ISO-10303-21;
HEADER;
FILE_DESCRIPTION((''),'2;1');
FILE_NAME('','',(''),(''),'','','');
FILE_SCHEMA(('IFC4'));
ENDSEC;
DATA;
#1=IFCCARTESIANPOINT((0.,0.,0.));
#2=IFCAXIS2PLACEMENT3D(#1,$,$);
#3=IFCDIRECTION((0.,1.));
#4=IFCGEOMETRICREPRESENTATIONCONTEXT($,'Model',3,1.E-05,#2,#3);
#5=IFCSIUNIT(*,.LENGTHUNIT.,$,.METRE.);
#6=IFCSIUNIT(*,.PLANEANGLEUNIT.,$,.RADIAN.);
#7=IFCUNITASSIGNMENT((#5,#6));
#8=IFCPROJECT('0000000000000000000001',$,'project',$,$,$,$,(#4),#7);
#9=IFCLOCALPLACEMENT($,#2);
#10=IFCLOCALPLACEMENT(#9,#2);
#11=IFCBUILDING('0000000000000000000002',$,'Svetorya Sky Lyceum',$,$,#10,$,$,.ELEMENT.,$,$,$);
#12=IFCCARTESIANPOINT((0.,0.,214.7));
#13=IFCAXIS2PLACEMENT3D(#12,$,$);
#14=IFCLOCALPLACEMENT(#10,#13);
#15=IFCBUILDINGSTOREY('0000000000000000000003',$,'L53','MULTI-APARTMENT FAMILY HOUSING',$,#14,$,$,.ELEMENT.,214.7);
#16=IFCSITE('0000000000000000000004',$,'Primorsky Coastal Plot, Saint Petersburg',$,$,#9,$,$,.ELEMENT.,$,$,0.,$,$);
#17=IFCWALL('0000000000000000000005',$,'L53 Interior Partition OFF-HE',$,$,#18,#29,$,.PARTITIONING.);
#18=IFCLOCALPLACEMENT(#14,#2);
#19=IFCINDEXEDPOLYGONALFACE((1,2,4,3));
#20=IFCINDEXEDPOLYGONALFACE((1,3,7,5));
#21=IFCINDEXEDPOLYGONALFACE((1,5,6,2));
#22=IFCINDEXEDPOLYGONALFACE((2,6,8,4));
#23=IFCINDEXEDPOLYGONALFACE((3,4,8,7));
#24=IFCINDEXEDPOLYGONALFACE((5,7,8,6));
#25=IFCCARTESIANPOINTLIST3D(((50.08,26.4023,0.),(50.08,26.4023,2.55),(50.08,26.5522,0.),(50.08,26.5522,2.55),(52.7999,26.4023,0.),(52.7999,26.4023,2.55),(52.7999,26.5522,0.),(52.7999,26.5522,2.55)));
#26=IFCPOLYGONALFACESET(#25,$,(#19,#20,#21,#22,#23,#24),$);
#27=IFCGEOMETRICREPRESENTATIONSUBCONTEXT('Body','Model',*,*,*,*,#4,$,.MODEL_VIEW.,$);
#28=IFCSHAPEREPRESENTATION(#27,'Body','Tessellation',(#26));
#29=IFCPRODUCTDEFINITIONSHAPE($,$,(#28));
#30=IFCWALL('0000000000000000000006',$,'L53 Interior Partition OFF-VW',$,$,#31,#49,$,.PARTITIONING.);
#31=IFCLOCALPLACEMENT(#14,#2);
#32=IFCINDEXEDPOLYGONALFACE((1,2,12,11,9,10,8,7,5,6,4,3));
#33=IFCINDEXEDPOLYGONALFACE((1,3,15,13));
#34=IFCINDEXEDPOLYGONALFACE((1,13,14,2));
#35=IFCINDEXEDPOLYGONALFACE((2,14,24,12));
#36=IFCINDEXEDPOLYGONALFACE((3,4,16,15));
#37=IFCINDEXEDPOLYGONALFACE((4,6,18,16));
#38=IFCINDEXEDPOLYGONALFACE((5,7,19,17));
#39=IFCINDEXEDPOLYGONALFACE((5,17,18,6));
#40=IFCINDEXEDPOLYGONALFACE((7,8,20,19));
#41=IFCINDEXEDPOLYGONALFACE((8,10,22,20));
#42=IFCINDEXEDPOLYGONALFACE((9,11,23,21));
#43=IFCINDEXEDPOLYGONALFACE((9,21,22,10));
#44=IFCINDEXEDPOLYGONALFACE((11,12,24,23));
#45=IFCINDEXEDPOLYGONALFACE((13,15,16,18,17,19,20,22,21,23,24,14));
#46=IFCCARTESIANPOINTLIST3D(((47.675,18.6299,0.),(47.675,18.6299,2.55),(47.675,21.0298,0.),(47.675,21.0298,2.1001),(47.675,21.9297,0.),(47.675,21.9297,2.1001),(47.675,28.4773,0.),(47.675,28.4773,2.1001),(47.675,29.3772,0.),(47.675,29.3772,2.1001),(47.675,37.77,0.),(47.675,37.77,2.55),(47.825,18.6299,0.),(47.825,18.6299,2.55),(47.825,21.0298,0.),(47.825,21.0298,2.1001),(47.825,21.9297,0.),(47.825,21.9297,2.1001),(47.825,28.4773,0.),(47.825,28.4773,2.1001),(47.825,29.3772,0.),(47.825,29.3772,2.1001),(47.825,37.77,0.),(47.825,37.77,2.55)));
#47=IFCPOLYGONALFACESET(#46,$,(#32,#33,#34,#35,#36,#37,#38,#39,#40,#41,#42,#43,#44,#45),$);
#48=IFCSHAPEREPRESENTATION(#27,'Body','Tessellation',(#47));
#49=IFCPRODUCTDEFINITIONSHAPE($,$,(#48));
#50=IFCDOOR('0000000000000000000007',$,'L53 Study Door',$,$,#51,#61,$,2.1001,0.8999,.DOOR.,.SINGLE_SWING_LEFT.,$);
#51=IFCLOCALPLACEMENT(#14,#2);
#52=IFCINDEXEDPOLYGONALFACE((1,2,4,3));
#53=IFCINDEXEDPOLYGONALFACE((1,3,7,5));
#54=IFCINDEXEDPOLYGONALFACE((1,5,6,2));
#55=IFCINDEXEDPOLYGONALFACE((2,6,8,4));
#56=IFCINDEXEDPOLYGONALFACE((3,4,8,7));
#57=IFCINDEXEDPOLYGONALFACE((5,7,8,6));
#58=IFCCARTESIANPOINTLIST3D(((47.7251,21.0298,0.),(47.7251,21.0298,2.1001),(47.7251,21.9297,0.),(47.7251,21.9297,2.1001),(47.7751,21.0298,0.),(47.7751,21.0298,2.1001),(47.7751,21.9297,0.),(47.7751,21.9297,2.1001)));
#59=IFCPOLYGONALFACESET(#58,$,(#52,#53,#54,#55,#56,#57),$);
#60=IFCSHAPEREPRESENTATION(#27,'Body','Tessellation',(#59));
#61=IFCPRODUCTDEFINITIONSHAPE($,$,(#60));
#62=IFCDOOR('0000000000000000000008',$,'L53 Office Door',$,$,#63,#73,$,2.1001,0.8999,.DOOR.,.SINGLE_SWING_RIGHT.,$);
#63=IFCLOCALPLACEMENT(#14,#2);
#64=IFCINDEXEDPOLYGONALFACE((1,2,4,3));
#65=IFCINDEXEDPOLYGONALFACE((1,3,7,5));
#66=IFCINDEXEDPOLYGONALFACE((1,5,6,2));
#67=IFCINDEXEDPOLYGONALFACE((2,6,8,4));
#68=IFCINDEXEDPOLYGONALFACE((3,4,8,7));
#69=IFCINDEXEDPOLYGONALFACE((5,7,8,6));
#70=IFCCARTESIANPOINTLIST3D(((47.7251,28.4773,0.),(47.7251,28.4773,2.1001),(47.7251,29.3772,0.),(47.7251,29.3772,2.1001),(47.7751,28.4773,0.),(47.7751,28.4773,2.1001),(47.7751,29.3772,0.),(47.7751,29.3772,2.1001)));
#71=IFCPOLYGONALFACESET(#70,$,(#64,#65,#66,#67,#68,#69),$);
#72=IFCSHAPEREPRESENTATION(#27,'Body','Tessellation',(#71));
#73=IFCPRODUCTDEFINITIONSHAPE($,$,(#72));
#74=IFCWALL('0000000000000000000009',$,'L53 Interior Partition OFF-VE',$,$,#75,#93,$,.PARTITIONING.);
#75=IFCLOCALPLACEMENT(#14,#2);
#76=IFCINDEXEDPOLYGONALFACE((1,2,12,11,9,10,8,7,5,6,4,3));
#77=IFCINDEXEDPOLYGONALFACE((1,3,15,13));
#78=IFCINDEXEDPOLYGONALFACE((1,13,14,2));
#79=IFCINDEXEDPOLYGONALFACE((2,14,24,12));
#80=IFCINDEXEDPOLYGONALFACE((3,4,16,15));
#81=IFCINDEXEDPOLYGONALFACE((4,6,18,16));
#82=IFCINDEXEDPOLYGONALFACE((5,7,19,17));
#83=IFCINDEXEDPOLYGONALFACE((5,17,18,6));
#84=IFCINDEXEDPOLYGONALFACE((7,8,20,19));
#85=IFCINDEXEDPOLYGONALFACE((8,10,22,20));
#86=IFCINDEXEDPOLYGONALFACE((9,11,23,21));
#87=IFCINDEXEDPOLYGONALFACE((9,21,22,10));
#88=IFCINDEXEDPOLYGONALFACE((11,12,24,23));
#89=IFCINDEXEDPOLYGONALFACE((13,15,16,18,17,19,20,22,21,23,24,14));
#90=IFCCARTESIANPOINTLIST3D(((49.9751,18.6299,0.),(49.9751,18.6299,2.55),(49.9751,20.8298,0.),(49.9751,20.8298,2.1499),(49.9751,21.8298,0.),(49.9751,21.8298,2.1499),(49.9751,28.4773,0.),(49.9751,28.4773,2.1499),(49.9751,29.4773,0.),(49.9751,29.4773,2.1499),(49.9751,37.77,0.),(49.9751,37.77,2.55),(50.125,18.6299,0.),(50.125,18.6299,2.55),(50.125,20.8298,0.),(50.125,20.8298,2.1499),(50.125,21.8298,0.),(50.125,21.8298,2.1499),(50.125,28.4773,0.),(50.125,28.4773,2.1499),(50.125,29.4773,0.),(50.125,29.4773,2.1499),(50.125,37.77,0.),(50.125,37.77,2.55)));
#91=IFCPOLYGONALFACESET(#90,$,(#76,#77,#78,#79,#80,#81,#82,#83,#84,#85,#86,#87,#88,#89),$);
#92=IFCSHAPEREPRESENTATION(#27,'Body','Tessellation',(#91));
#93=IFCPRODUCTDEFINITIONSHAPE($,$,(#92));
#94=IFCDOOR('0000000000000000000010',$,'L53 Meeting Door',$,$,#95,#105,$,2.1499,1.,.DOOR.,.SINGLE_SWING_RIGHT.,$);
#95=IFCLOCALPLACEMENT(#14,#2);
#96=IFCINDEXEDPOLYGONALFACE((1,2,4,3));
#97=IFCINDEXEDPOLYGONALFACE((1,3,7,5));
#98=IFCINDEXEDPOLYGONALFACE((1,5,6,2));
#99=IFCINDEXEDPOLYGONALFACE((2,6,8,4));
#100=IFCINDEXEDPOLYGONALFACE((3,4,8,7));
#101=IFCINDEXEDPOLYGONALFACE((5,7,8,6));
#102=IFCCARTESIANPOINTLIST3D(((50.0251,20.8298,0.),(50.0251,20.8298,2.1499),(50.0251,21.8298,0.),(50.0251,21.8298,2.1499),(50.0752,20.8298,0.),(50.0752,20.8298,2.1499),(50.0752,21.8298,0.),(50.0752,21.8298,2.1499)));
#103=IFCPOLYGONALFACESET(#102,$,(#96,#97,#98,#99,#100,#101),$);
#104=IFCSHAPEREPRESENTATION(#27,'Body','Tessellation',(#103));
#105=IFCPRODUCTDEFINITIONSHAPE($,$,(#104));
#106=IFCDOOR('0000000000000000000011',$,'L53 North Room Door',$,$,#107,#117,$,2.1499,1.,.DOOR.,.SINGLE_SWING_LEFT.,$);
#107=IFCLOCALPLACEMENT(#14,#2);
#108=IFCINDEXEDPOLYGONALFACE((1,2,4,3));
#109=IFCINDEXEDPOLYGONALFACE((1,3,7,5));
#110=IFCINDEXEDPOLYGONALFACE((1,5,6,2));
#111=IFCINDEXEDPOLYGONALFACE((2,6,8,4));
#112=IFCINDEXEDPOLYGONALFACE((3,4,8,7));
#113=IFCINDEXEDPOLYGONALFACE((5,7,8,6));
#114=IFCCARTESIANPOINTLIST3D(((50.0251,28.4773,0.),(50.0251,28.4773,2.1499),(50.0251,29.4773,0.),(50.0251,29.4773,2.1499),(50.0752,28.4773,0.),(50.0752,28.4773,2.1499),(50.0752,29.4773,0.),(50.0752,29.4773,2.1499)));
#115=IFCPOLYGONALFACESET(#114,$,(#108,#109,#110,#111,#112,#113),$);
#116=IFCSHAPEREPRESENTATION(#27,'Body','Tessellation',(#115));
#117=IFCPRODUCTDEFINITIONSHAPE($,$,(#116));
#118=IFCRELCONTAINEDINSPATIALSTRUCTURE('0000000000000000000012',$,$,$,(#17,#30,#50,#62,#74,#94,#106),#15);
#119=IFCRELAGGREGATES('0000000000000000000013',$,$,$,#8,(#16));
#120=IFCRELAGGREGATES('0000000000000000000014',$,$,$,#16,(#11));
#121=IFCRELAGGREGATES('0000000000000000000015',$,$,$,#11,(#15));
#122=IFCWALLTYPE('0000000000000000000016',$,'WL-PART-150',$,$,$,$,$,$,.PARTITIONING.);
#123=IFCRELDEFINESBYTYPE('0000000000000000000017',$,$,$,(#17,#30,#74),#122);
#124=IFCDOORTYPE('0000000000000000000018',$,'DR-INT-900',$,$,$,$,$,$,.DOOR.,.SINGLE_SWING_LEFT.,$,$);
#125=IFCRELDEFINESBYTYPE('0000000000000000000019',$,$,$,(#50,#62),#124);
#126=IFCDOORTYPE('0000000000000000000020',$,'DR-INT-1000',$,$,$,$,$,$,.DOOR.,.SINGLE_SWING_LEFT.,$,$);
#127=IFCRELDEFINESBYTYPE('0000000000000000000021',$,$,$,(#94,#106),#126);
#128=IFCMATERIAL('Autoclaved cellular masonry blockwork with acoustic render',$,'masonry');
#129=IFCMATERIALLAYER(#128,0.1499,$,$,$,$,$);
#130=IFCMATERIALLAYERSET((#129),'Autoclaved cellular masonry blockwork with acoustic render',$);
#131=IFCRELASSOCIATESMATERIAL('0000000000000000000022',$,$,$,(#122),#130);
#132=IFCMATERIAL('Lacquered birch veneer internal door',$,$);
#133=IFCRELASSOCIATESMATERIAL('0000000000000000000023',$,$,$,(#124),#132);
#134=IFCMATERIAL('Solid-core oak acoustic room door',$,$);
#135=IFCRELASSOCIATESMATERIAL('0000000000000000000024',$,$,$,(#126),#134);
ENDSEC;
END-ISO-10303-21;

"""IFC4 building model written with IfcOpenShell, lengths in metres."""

from ifc_helpers import new_model, si_unit, direction, frame, frame_2d, origin, place, context, subcontext, project, spatial, rectangle, extrude, material, layer, layer_set, type_object, element, fill, save


model = new_model("IFC4")

# Units and contexts
model_context = context("Model", 3, precision=1e-05, world=origin(), true_north=direction((0.0, 1.0)))
body_context = subcontext(model_context, "Body", "Model", "MODEL_VIEW")
ifc_project = project(units=[si_unit("LENGTHUNIT", "METRE"), si_unit("PLANEANGLEUNIT", "RADIAN")], contexts=[model_context])

# Site, building, storey
site_placement = place(None, origin())
site = spatial("IfcSite", under=ifc_project, at=site_placement, Name="Primorsky Coastal Plot, Saint Petersburg", CompositionType="ELEMENT", RefElevation=0.0)
building_placement = place(site_placement, origin())
building = spatial("IfcBuilding", under=site, at=building_placement, Name="Svetorya Sky Lyceum", CompositionType="ELEMENT")
storey_placement = place(building_placement, frame((0.0, 0.0, 214.7)))
storey = spatial("IfcBuildingStorey", under=building, at=storey_placement, Name="L53", Description="MULTI-APARTMENT FAMILY HOUSING", CompositionType="ELEMENT", Elevation=214.7)

# Wall
ifc_material_1 = material(Name="Autoclaved cellular masonry blockwork with acoustic render", Category="masonry")
ifc_layer_1 = layer(ifc_material_1, 0.1499)
ifc_layer_set_1 = layer_set([ifc_layer_1], Name="Autoclaved cellular masonry blockwork with acoustic render")
wall_type_1 = type_object("IfcWallType", Name="WL-PART-150", PredefinedType="PARTITIONING", material=ifc_layer_set_1)
wall_1_placement = place(storey_placement, frame((50.0801, 26.4773, 0.0), z_axis=(0.0, 0.0, 1.0), x_axis=(1.0, 0.0, 0.0)))
element("IfcWall", 1, at=wall_1_placement, inside=storey, type_object=wall_type_1, Name="L53 Interior Partition OFF-HE", PredefinedType="PARTITIONING", context=body_context, shape_type="SweptSolid", body=[
    extrude(rectangle(XDim=2.72, YDim=0.1499, at=frame_2d((1.3599, 0.0))), origin(), (0.0, 0.0, 1.0), 2.55),
])

# Walls, openings, doors
wall_2_placement = place(storey_placement, frame((47.75, 18.6299, 0.0), z_axis=(0.0, 0.0, 1.0), x_axis=(0.0, 1.0, 0.0)))
wall_2 = element("IfcWall", 2, at=wall_2_placement, inside=storey, type_object=wall_type_1, Name="L53 Interior Partition OFF-VW", PredefinedType="PARTITIONING", context=body_context, shape_type="SweptSolid", body=[
    extrude(rectangle(XDim=19.1401, YDim=0.1499, at=frame_2d((9.5701, 0.0))), origin(), (0.0, 0.0, 1.0), 2.55),
])
opening_1_placement = place(wall_2_placement, frame((2.3999, 0.0, 0.0)))
opening_1 = element("IfcOpeningElement", 3, at=opening_1_placement, cuts=wall_2, PredefinedType="OPENING", context=body_context, shape_type="SweptSolid", body=[
    extrude(rectangle(XDim=0.8999, YDim=2.1001, at=frame_2d((0.45, 1.05))), frame((0.0, 0.085, 0.0), z_axis=(0.0, -1.0, 0.0), x_axis=(1.0, 0.0, 0.0)), (0.0, 0.0, 1.0), 0.1699),
])
opening_2_placement = place(wall_2_placement, frame((9.8474, 0.0, 0.0)))
opening_2 = element("IfcOpeningElement", 4, at=opening_2_placement, cuts=wall_2, PredefinedType="OPENING", context=body_context, shape_type="SweptSolid", body=[
    extrude(rectangle(XDim=0.8999, YDim=2.1001, at=frame_2d((0.45, 1.05))), frame((0.0, 0.085, 0.0), z_axis=(0.0, -1.0, 0.0), x_axis=(1.0, 0.0, 0.0)), (0.0, 0.0, 1.0), 0.1699),
])
ifc_material_2 = material(Name="Lacquered birch veneer internal door")
door_type_1 = type_object("IfcDoorType", Name="DR-INT-900", OperationType="SINGLE_SWING_LEFT", PredefinedType="DOOR", material=ifc_material_2)
door_1_placement = place(opening_1_placement, origin())
door_1 = element("IfcDoor", 5, at=door_1_placement, inside=storey, type_object=door_type_1, Name="L53 Study Door", OperationType="SINGLE_SWING_LEFT", OverallHeight=2.1001, OverallWidth=0.8999, PredefinedType="DOOR", context=body_context, shape_type="SweptSolid", body=[
    extrude(rectangle(XDim=0.8999, YDim=2.1001, at=frame_2d((0.45, 1.05))), frame((0.0, 0.0249, 0.0), z_axis=(0.0, -1.0, 0.0), x_axis=(1.0, 0.0, 0.0)), (0.0, 0.0, 1.0), 0.05),
])
fill(opening_1, door_1)
door_2_placement = place(opening_2_placement, origin())
door_2 = element("IfcDoor", 6, at=door_2_placement, inside=storey, type_object=door_type_1, Name="L53 Office Door", OperationType="SINGLE_SWING_RIGHT", OverallHeight=2.1001, OverallWidth=0.8999, PredefinedType="DOOR", context=body_context, shape_type="SweptSolid", body=[
    extrude(rectangle(XDim=0.8999, YDim=2.1001, at=frame_2d((0.45, 1.05))), frame((0.0, 0.0249, 0.0), z_axis=(0.0, -1.0, 0.0), x_axis=(1.0, 0.0, 0.0)), (0.0, 0.0, 1.0), 0.05),
])
fill(opening_2, door_2)
wall_3_placement = place(storey_placement, frame((50.05, 18.6299, 0.0), z_axis=(0.0, 0.0, 1.0), x_axis=(0.0, 1.0, 0.0)))
wall_3 = element("IfcWall", 7, at=wall_3_placement, inside=storey, type_object=wall_type_1, Name="L53 Interior Partition OFF-VE", PredefinedType="PARTITIONING", context=body_context, shape_type="SweptSolid", body=[
    extrude(rectangle(XDim=19.1401, YDim=0.1499, at=frame_2d((9.5701, 0.0))), origin(), (0.0, 0.0, 1.0), 2.55),
])
opening_3_placement = place(wall_3_placement, frame((2.2, 0.0, 0.0)))
opening_3 = element("IfcOpeningElement", 8, at=opening_3_placement, cuts=wall_3, PredefinedType="OPENING", context=body_context, shape_type="SweptSolid", body=[
    extrude(rectangle(XDim=1.0, YDim=2.1499, at=frame_2d((0.5, 1.075))), frame((0.0, 0.085, 0.0), z_axis=(0.0, -1.0, 0.0), x_axis=(1.0, 0.0, 0.0)), (0.0, 0.0, 1.0), 0.1699),
])
opening_4_placement = place(wall_3_placement, frame((9.8474, 0.0, 0.0)))
opening_4 = element("IfcOpeningElement", 9, at=opening_4_placement, cuts=wall_3, PredefinedType="OPENING", context=body_context, shape_type="SweptSolid", body=[
    extrude(rectangle(XDim=1.0, YDim=2.1499, at=frame_2d((0.5, 1.075))), frame((0.0, 0.085, 0.0), z_axis=(0.0, -1.0, 0.0), x_axis=(1.0, 0.0, 0.0)), (0.0, 0.0, 1.0), 0.1699),
])
ifc_material_3 = material(Name="Solid-core oak acoustic room door")
door_type_2 = type_object("IfcDoorType", Name="DR-INT-1000", OperationType="SINGLE_SWING_LEFT", PredefinedType="DOOR", material=ifc_material_3)
door_3_placement = place(opening_3_placement, origin())
door_3 = element("IfcDoor", 10, at=door_3_placement, inside=storey, type_object=door_type_2, Name="L53 Meeting Door", OperationType="SINGLE_SWING_RIGHT", OverallHeight=2.1499, OverallWidth=1.0, PredefinedType="DOOR", context=body_context, shape_type="SweptSolid", body=[
    extrude(rectangle(XDim=1.0, YDim=2.1499, at=frame_2d((0.5, 1.075))), frame((0.0, 0.0249, 0.0), z_axis=(0.0, -1.0, 0.0), x_axis=(1.0, 0.0, 0.0)), (0.0, 0.0, 1.0), 0.05),
])
fill(opening_3, door_3)
door_4_placement = place(opening_4_placement, origin())
door_4 = element("IfcDoor", 11, at=door_4_placement, inside=storey, type_object=door_type_2, Name="L53 North Room Door", OperationType="SINGLE_SWING_LEFT", OverallHeight=2.1499, OverallWidth=1.0, PredefinedType="DOOR", context=body_context, shape_type="SweptSolid", body=[
    extrude(rectangle(XDim=1.0, YDim=2.1499, at=frame_2d((0.5, 1.075))), frame((0.0, 0.0249, 0.0), z_axis=(0.0, -1.0, 0.0), x_axis=(1.0, 0.0, 0.0)), (0.0, 0.0, 1.0), 0.05),
])
fill(opening_4, door_4)

save(model, "model.ifc")
